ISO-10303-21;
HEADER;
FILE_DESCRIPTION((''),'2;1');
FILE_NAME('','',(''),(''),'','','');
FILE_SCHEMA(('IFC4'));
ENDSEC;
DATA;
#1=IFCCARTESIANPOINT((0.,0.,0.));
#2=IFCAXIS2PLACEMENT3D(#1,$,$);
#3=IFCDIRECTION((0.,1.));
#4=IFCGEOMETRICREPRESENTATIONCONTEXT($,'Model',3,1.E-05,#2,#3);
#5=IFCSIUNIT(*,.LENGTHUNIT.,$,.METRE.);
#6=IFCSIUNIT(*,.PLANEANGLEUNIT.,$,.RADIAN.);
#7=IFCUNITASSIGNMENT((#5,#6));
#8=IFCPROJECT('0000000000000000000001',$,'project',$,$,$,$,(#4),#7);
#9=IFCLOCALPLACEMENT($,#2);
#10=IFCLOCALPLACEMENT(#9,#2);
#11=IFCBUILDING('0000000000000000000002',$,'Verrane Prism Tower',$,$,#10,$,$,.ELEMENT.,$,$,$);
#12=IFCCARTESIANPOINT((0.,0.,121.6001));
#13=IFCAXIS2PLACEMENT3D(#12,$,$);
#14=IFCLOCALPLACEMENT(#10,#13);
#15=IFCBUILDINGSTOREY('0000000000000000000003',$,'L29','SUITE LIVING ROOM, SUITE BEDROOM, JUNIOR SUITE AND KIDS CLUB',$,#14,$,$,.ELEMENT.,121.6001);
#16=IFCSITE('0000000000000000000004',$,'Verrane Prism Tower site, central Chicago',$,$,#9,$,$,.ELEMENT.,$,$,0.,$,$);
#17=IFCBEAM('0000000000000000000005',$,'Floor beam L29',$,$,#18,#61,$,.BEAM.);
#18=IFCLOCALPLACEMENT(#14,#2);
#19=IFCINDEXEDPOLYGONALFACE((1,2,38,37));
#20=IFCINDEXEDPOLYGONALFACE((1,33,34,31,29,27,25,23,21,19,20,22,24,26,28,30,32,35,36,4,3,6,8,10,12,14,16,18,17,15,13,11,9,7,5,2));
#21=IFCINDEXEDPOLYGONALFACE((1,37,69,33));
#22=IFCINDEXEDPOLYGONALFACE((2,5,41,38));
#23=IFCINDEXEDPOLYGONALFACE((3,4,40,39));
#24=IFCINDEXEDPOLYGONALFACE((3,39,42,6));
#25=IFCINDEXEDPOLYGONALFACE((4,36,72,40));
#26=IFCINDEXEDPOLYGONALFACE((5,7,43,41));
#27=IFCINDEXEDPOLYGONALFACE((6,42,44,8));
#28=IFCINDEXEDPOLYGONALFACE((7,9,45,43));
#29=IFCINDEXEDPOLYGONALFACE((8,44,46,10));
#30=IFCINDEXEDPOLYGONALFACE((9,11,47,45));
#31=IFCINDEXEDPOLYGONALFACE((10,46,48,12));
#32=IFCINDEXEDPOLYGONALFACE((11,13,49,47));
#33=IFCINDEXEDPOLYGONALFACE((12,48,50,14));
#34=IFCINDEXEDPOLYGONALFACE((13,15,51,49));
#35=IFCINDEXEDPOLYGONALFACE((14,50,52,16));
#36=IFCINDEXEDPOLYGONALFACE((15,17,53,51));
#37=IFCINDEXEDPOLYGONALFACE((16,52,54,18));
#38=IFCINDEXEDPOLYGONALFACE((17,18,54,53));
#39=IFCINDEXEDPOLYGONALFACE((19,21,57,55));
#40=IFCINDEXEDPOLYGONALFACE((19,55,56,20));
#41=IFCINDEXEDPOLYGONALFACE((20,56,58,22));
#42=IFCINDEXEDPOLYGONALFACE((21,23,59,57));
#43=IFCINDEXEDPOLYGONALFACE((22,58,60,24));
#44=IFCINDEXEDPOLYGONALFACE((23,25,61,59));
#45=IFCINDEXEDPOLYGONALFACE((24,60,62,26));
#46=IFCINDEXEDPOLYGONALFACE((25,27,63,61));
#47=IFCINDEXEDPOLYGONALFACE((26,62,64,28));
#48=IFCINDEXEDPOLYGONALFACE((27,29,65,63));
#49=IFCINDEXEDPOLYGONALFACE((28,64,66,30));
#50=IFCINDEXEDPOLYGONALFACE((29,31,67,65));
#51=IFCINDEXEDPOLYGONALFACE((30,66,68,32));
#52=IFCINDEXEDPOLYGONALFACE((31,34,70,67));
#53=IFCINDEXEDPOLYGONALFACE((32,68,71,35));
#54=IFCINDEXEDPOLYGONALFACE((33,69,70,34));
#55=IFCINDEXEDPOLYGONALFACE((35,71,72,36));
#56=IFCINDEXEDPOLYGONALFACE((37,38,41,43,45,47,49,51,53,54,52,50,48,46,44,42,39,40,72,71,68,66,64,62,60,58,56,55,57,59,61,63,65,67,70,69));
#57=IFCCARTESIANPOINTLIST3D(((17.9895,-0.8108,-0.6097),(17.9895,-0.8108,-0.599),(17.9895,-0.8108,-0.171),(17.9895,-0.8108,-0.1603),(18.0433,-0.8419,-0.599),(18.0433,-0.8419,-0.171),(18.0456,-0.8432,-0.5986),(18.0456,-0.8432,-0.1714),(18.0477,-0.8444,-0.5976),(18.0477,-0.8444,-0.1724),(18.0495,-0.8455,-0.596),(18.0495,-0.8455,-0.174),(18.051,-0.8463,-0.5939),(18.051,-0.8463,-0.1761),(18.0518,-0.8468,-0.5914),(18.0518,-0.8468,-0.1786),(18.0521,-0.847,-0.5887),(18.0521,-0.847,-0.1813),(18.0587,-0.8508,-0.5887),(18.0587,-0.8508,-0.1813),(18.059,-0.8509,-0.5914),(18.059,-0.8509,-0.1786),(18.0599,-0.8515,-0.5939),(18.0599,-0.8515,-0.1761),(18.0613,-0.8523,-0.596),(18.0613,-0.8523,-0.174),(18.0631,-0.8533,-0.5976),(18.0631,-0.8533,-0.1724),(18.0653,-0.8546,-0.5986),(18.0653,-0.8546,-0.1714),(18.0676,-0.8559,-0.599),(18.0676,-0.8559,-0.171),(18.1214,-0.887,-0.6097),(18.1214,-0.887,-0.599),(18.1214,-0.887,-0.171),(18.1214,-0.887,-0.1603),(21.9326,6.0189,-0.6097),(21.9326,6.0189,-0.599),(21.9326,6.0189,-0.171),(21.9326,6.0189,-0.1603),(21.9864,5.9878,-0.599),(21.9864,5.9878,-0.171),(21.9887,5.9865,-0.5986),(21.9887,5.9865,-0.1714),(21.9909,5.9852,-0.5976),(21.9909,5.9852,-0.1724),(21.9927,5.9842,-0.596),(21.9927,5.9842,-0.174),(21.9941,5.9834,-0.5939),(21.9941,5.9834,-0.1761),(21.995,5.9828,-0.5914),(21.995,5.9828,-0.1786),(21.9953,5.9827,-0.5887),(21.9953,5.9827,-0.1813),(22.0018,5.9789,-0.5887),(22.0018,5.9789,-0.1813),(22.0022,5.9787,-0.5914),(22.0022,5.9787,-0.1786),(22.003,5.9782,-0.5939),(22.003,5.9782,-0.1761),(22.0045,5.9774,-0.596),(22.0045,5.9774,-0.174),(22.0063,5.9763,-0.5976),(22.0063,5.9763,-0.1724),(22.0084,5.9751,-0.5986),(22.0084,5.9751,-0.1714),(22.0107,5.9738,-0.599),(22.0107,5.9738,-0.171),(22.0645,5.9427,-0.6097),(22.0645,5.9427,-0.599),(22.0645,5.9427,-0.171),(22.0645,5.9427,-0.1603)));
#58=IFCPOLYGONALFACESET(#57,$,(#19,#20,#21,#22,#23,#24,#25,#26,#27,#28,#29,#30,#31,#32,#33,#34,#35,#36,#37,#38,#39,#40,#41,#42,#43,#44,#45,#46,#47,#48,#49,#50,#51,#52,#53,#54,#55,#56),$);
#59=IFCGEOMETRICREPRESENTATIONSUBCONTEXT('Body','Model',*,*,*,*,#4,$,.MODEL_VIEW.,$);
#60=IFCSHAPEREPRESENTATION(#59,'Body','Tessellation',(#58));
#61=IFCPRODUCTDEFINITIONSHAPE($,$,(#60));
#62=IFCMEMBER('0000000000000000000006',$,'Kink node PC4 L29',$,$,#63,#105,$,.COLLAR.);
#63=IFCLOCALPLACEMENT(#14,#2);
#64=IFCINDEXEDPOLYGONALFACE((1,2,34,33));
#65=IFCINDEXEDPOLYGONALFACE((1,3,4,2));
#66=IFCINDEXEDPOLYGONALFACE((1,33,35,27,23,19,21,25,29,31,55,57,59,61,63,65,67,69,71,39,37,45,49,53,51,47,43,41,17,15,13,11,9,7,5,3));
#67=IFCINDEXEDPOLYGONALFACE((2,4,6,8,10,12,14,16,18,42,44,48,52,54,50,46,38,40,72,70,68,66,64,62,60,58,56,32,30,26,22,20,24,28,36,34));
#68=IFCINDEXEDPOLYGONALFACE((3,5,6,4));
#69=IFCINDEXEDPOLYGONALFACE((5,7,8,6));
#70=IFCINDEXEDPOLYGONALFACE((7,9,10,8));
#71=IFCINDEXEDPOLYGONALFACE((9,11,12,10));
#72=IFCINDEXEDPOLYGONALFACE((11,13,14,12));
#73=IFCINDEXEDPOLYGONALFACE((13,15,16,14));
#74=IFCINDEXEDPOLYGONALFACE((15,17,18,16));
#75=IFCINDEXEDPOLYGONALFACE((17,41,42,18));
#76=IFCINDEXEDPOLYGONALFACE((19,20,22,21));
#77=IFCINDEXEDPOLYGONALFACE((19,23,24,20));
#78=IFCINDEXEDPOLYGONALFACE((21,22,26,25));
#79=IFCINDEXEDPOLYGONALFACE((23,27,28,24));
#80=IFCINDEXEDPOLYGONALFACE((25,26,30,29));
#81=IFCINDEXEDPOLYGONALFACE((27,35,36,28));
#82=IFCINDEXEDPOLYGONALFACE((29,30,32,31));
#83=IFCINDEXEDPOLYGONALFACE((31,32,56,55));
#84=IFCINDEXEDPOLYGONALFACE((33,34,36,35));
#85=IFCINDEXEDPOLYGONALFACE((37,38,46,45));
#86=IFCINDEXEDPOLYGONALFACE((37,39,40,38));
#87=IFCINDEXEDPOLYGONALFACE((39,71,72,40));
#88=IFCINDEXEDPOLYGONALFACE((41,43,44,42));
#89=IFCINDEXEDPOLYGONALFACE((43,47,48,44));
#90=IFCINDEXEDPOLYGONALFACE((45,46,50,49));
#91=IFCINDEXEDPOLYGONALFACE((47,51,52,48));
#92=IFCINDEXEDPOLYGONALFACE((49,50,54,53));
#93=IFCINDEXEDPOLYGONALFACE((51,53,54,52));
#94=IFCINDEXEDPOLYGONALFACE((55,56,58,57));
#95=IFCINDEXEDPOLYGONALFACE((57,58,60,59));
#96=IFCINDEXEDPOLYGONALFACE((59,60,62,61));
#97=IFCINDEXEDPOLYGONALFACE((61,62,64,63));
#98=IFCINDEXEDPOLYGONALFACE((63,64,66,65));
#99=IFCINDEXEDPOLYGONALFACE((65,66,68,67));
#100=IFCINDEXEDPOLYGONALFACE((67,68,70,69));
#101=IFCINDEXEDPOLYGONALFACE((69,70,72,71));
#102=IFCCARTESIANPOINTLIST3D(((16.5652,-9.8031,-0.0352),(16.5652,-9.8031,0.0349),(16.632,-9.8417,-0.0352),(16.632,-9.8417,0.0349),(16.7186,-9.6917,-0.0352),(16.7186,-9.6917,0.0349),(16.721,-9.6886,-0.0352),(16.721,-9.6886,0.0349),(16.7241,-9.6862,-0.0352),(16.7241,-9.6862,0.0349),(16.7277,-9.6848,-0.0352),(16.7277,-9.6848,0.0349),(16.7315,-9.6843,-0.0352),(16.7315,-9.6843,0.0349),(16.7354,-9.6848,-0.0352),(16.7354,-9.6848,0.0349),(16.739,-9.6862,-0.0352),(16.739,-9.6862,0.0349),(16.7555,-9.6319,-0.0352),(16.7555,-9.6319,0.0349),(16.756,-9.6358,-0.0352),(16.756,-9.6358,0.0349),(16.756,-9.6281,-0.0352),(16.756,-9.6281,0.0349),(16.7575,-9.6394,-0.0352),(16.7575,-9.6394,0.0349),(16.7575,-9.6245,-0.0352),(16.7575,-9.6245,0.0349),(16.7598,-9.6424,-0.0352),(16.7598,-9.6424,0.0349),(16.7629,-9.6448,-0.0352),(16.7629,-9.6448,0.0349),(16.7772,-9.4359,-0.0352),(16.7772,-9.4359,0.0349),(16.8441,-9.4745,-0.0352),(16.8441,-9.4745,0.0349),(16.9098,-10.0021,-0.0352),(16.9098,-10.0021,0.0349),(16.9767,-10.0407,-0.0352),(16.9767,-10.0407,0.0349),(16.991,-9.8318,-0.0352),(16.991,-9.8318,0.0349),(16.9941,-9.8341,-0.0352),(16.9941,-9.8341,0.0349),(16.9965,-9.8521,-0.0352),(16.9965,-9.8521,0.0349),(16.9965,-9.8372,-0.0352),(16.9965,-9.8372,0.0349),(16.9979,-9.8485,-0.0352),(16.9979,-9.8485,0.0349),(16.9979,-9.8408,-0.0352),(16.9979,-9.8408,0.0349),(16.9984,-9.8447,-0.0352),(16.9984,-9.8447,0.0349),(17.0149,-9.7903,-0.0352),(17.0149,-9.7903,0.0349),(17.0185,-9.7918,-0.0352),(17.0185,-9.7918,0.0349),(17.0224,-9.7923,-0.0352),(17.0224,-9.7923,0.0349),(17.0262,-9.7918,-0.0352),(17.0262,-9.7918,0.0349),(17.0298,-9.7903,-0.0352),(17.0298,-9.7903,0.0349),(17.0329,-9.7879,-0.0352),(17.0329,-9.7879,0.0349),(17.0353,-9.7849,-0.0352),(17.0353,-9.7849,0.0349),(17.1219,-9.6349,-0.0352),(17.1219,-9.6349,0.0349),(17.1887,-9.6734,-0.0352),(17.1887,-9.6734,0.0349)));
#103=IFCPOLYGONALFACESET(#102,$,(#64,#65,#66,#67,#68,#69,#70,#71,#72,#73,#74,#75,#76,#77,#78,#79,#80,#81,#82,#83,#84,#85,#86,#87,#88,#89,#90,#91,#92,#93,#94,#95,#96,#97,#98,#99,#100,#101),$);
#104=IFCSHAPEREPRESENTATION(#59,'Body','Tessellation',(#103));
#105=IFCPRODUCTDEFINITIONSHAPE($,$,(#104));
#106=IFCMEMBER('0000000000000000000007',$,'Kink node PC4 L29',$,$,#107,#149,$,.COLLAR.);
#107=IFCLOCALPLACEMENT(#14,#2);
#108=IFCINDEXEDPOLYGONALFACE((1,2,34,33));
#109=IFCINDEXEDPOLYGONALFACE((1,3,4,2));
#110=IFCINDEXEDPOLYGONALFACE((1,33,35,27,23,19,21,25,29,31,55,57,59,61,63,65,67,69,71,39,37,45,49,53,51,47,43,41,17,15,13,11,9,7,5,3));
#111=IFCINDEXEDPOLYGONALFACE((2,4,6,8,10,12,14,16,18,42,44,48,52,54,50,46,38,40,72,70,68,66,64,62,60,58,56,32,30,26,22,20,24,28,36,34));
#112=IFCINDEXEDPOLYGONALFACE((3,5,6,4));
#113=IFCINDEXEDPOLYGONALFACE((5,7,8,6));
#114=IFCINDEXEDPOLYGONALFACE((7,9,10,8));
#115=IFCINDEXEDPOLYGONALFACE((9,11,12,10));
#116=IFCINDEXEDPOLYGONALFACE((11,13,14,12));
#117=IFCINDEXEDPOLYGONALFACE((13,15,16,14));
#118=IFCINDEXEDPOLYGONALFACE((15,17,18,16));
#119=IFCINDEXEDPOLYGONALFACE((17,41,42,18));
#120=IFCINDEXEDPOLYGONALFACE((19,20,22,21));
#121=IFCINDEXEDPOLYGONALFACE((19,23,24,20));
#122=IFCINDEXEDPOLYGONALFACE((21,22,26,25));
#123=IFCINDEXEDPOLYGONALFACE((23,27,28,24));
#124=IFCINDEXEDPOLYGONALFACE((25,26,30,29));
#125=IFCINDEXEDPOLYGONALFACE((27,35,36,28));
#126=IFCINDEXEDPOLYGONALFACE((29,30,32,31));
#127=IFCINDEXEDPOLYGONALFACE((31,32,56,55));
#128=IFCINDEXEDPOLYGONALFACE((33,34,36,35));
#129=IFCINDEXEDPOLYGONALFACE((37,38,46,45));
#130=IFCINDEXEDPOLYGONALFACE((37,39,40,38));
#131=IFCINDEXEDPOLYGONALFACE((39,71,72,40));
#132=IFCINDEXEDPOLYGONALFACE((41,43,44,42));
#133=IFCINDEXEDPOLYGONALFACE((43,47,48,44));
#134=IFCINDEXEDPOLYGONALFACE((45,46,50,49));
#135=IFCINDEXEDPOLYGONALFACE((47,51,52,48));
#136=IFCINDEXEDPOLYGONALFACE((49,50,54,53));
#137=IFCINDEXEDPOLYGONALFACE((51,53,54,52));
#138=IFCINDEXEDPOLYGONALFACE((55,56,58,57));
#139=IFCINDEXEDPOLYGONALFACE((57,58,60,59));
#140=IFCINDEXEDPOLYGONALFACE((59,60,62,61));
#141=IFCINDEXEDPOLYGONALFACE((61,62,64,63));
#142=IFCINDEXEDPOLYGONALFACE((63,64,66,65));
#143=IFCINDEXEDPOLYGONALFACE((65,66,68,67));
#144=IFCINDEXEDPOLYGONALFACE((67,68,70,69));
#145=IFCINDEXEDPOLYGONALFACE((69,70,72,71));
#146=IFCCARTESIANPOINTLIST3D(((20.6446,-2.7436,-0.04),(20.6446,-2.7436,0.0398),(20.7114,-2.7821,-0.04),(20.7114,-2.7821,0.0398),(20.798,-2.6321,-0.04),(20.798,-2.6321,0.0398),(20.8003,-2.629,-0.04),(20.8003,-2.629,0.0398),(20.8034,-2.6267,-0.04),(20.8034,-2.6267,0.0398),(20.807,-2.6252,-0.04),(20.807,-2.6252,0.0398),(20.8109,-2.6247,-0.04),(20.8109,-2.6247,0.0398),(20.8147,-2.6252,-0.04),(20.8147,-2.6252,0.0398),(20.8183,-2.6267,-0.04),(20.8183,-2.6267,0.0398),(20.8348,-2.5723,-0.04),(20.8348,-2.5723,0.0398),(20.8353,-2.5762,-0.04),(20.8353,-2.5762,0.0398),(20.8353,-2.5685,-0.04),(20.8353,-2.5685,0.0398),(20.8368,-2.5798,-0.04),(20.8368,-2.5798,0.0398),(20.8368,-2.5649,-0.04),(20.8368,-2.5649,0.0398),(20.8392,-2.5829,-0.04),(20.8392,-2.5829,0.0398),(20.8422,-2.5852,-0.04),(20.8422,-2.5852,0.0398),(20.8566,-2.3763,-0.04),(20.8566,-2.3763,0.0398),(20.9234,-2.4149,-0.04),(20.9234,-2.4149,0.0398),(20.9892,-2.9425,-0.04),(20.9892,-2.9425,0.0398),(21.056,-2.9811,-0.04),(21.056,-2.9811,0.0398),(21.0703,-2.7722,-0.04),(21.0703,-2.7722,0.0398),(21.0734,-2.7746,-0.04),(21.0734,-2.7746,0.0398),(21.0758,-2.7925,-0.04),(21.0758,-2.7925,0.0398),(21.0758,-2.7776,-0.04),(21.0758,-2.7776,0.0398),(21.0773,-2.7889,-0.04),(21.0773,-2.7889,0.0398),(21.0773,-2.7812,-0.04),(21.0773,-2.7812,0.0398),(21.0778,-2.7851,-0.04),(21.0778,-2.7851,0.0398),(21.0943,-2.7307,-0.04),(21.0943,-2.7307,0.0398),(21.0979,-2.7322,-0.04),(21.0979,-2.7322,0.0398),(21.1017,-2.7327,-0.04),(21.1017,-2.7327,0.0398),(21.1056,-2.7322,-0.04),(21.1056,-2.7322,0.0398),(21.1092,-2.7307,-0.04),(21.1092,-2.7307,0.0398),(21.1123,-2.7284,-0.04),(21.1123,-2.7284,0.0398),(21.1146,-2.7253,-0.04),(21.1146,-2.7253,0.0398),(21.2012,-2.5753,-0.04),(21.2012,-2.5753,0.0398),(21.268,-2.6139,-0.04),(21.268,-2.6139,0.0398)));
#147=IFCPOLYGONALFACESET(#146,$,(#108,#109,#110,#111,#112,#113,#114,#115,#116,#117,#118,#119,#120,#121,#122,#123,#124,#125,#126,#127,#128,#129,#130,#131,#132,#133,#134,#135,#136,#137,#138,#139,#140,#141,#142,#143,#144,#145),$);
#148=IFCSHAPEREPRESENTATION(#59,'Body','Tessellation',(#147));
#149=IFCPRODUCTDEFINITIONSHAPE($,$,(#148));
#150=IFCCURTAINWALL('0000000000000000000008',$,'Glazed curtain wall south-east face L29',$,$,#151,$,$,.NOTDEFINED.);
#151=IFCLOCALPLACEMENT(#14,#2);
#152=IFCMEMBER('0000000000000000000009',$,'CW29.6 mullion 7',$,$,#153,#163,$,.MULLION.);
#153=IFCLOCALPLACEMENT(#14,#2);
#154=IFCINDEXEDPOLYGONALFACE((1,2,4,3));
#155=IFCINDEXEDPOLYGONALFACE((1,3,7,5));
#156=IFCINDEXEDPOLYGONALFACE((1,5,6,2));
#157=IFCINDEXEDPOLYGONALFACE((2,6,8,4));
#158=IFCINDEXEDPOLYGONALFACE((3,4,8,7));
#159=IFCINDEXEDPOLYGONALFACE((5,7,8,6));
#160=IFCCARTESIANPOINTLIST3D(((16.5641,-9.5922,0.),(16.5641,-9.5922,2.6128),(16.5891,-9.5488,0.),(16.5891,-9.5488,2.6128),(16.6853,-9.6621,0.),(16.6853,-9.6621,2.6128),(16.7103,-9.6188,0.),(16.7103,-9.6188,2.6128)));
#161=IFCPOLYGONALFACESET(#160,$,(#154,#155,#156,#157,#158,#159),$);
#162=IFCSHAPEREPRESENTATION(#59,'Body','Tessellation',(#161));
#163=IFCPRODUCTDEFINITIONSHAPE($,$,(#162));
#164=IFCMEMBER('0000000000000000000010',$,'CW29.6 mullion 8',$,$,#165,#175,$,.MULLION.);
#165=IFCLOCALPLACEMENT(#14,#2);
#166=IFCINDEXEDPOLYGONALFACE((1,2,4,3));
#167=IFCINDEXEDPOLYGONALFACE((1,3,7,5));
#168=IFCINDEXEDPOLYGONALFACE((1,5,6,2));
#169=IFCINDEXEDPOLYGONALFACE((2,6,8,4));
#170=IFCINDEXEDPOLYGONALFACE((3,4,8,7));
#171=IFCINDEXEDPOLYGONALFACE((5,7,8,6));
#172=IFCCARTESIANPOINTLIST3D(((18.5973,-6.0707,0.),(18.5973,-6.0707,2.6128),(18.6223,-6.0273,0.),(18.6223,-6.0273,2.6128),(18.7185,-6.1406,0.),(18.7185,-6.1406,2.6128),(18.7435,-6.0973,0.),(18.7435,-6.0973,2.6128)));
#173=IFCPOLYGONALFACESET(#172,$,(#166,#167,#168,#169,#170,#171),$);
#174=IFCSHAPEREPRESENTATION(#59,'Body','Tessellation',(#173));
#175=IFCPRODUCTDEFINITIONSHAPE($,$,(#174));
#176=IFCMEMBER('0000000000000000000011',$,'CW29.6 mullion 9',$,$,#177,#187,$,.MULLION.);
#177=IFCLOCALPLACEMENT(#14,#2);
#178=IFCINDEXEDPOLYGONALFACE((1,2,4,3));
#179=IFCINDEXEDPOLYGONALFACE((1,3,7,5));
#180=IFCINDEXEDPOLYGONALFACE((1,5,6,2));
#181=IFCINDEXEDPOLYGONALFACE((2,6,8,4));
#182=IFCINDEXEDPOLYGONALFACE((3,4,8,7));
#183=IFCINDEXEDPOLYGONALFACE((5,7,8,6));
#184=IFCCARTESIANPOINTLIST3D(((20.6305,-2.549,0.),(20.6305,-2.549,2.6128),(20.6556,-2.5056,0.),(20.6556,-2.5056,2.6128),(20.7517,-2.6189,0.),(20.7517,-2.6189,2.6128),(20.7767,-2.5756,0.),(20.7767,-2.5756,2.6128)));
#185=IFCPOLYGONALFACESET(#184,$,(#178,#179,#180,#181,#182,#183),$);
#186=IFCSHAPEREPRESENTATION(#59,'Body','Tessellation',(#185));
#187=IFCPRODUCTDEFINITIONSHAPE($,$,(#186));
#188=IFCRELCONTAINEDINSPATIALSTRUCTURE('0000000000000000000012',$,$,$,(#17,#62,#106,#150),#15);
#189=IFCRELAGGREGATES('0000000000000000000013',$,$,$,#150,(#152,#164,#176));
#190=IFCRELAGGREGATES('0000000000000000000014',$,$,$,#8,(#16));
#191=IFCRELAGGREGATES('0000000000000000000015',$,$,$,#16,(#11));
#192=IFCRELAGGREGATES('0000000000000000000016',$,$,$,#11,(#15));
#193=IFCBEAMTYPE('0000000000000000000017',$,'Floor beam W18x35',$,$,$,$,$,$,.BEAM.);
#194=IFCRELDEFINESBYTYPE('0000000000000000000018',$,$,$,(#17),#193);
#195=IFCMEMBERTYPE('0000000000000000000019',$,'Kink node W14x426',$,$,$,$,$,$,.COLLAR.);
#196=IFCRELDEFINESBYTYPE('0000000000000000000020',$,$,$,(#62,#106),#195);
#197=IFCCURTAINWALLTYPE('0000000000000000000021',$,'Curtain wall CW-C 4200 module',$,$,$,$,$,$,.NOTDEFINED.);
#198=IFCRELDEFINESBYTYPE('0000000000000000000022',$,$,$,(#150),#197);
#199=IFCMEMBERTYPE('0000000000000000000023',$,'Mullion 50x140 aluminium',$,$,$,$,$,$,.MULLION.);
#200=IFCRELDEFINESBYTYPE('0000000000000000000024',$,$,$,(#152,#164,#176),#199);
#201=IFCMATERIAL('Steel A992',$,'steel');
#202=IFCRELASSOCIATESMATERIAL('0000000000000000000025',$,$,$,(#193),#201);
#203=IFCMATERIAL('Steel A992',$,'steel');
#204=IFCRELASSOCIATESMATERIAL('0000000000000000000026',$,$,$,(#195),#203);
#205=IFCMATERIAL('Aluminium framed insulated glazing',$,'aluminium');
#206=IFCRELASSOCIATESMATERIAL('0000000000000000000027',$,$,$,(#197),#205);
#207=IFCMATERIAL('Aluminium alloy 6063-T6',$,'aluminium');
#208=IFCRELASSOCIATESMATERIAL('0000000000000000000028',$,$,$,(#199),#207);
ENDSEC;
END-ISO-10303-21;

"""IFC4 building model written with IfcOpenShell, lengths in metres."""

from ifc_helpers import new_model, si_unit, direction, frame, origin, origin_2d, place, context, subcontext, project, spatial, rectangle, i_section, extrude, material, material_profile, profile_set, type_object, element, aggregate, save


model = new_model("IFC4")

# Units and contexts
model_context = context("Model", 3, precision=1e-05, world=origin(), true_north=direction((0.0, 1.0)))
body_context = subcontext(model_context, "Body", "Model", "MODEL_VIEW")
ifc_project = project(units=[si_unit("LENGTHUNIT", "METRE"), si_unit("PLANEANGLEUNIT", "RADIAN")], contexts=[model_context])

# Site, building, storey
site_placement = place(None, origin())
site = spatial("IfcSite", under=ifc_project, at=site_placement, Name="Verrane Prism Tower site, central Chicago", CompositionType="ELEMENT", RefElevation=0.0)
building_placement = place(site_placement, origin())
building = spatial("IfcBuilding", under=site, at=building_placement, Name="Verrane Prism Tower", CompositionType="ELEMENT")
storey_placement = place(building_placement, frame((0.0, 0.0, 121.6001)))
storey = spatial("IfcBuildingStorey", under=building, at=storey_placement, Name="L29", Description="SUITE LIVING ROOM, SUITE BEDROOM, JUNIOR SUITE AND KIDS CLUB", CompositionType="ELEMENT", Elevation=121.6001)

# Beam
ifc_material_1 = material(Name="Steel A992", Category="steel")
ifc_material_profile_1 = material_profile(ifc_material_1, i_section(OverallWidth=0.1523, OverallDepth=0.4495, WebThickness=0.0076, FlangeThickness=0.0107, FilletRadius=0.0103, at=origin_2d()), Name="W18x35")
ifc_profile_set_1 = profile_set([ifc_material_profile_1], Name="Steel A992")
beam_type_1 = type_object("IfcBeamType", Name="Floor beam W18x35", PredefinedType="BEAM", material=ifc_profile_set_1)
beam_1_placement = place(storey_placement, frame((18.0554, -0.8489, -0.385), z_axis=(0.500005, 0.866023, 0.0), x_axis=(-0.866023, 0.500005, 0.0)))
element("IfcBeam", 1, at=beam_1_placement, inside=storey, type_object=beam_type_1, Name="Floor beam L29", PredefinedType="BEAM", context=body_context, shape_type="SweptSolid", body=[
    extrude(i_section(OverallWidth=0.1523, OverallDepth=0.4495, WebThickness=0.0076, FlangeThickness=0.0107, FilletRadius=0.0103, at=origin_2d()), origin(), (0.0, 0.0, 1.0), 7.8862),
])

# Members
ifc_material_2 = material(Name="Steel A992", Category="steel")
ifc_material_profile_2 = material_profile(ifc_material_2, i_section(OverallWidth=0.4241, OverallDepth=0.4751, WebThickness=0.0479, FlangeThickness=0.0771, FilletRadius=0.0149, at=origin_2d()), Name="W14x426")
ifc_profile_set_2 = profile_set([ifc_material_profile_2], Name="Steel A992")
member_type_1 = type_object("IfcMemberType", Name="Kink node W14x426", PredefinedType="COLLAR", material=ifc_profile_set_2)
member_1_placement = place(storey_placement, frame((16.877, -9.7383, -0.0352), z_axis=(0.0, 0.0, 1.0), x_axis=(-0.5, -0.866025, 0.0)))
element("IfcMember", 2, at=member_1_placement, inside=storey, type_object=member_type_1, Name="Kink node PC4 L29", PredefinedType="COLLAR", context=body_context, shape_type="SweptSolid", body=[
    extrude(i_section(OverallWidth=0.4241, OverallDepth=0.4751, WebThickness=0.0479, FlangeThickness=0.0771, FilletRadius=0.0149, at=origin_2d()), origin(), (0.0, 0.0, 1.0), 0.0701),
])
member_2_placement = place(storey_placement, frame((20.9563, -2.6787, -0.04), z_axis=(0.0, 0.0, 1.0), x_axis=(-0.5, -0.866025, 0.0)))
element("IfcMember", 3, at=member_2_placement, inside=storey, type_object=member_type_1, Name="Kink node PC4 L29", PredefinedType="COLLAR", context=body_context, shape_type="SweptSolid", body=[
    extrude(i_section(OverallWidth=0.4241, OverallDepth=0.4751, WebThickness=0.0479, FlangeThickness=0.0771, FilletRadius=0.0149, at=origin_2d()), origin(), (0.0, 0.0, 1.0), 0.0798),
])

# Curtain wall, members
ifc_material_3 = material(Name="Aluminium framed insulated glazing", Category="aluminium")
curtain_wall_type = type_object("IfcCurtainWallType", Name="Curtain wall CW-C 4200 module", PredefinedType="NOTDEFINED", material=ifc_material_3)
curtain_wall_placement = place(storey_placement, origin())
curtain_wall = element("IfcCurtainWall", 4, at=curtain_wall_placement, inside=storey, type_object=curtain_wall_type, Name="Glazed curtain wall south-east face L29", PredefinedType="NOTDEFINED")
ifc_material_4 = material(Name="Aluminium alloy 6063-T6", Category="aluminium")
ifc_material_profile_3 = material_profile(ifc_material_4, rectangle(XDim=0.1399, YDim=0.05, at=origin_2d()), Name="Mullion 50x140 aluminium")
ifc_profile_set_3 = profile_set([ifc_material_profile_3], Name="Aluminium alloy 6063-T6")
member_type_2 = type_object("IfcMemberType", Name="Mullion 50x140 aluminium", PredefinedType="MULLION", material=ifc_profile_set_3)
member_3_placement = place(storey_placement, frame((16.6372, -9.6055, 0.0), z_axis=(0.0, 0.0, 1.0), x_axis=(-0.866025, 0.5, 0.0)))
member_3 = element("IfcMember", 5, at=member_3_placement, type_object=member_type_2, Name="CW29.6 mullion 7", PredefinedType="MULLION", context=body_context, shape_type="SweptSolid", body=[
    extrude(rectangle(XDim=0.1399, YDim=0.05, at=origin_2d()), origin(), (0.0, 0.0, 1.0), 2.6128),
])
member_4_placement = place(storey_placement, frame((18.6704, -6.084, 0.0), z_axis=(0.0, 0.0, 1.0), x_axis=(-0.866025, 0.5, 0.0)))
member_4 = element("IfcMember", 6, at=member_4_placement, type_object=member_type_2, Name="CW29.6 mullion 8", PredefinedType="MULLION", context=body_context, shape_type="SweptSolid", body=[
    extrude(rectangle(XDim=0.1399, YDim=0.05, at=origin_2d()), origin(), (0.0, 0.0, 1.0), 2.6128),
])
member_5_placement = place(storey_placement, frame((20.7036, -2.5623, 0.0), z_axis=(0.0, 0.0, 1.0), x_axis=(-0.866025, 0.5, 0.0)))
member_5 = element("IfcMember", 7, at=member_5_placement, type_object=member_type_2, Name="CW29.6 mullion 9", PredefinedType="MULLION", context=body_context, shape_type="SweptSolid", body=[
    extrude(rectangle(XDim=0.1399, YDim=0.05, at=origin_2d()), origin(), (0.0, 0.0, 1.0), 2.6128),
])

aggregate(curtain_wall, [member_3, member_4, member_5])

save(model, "model.ifc")
